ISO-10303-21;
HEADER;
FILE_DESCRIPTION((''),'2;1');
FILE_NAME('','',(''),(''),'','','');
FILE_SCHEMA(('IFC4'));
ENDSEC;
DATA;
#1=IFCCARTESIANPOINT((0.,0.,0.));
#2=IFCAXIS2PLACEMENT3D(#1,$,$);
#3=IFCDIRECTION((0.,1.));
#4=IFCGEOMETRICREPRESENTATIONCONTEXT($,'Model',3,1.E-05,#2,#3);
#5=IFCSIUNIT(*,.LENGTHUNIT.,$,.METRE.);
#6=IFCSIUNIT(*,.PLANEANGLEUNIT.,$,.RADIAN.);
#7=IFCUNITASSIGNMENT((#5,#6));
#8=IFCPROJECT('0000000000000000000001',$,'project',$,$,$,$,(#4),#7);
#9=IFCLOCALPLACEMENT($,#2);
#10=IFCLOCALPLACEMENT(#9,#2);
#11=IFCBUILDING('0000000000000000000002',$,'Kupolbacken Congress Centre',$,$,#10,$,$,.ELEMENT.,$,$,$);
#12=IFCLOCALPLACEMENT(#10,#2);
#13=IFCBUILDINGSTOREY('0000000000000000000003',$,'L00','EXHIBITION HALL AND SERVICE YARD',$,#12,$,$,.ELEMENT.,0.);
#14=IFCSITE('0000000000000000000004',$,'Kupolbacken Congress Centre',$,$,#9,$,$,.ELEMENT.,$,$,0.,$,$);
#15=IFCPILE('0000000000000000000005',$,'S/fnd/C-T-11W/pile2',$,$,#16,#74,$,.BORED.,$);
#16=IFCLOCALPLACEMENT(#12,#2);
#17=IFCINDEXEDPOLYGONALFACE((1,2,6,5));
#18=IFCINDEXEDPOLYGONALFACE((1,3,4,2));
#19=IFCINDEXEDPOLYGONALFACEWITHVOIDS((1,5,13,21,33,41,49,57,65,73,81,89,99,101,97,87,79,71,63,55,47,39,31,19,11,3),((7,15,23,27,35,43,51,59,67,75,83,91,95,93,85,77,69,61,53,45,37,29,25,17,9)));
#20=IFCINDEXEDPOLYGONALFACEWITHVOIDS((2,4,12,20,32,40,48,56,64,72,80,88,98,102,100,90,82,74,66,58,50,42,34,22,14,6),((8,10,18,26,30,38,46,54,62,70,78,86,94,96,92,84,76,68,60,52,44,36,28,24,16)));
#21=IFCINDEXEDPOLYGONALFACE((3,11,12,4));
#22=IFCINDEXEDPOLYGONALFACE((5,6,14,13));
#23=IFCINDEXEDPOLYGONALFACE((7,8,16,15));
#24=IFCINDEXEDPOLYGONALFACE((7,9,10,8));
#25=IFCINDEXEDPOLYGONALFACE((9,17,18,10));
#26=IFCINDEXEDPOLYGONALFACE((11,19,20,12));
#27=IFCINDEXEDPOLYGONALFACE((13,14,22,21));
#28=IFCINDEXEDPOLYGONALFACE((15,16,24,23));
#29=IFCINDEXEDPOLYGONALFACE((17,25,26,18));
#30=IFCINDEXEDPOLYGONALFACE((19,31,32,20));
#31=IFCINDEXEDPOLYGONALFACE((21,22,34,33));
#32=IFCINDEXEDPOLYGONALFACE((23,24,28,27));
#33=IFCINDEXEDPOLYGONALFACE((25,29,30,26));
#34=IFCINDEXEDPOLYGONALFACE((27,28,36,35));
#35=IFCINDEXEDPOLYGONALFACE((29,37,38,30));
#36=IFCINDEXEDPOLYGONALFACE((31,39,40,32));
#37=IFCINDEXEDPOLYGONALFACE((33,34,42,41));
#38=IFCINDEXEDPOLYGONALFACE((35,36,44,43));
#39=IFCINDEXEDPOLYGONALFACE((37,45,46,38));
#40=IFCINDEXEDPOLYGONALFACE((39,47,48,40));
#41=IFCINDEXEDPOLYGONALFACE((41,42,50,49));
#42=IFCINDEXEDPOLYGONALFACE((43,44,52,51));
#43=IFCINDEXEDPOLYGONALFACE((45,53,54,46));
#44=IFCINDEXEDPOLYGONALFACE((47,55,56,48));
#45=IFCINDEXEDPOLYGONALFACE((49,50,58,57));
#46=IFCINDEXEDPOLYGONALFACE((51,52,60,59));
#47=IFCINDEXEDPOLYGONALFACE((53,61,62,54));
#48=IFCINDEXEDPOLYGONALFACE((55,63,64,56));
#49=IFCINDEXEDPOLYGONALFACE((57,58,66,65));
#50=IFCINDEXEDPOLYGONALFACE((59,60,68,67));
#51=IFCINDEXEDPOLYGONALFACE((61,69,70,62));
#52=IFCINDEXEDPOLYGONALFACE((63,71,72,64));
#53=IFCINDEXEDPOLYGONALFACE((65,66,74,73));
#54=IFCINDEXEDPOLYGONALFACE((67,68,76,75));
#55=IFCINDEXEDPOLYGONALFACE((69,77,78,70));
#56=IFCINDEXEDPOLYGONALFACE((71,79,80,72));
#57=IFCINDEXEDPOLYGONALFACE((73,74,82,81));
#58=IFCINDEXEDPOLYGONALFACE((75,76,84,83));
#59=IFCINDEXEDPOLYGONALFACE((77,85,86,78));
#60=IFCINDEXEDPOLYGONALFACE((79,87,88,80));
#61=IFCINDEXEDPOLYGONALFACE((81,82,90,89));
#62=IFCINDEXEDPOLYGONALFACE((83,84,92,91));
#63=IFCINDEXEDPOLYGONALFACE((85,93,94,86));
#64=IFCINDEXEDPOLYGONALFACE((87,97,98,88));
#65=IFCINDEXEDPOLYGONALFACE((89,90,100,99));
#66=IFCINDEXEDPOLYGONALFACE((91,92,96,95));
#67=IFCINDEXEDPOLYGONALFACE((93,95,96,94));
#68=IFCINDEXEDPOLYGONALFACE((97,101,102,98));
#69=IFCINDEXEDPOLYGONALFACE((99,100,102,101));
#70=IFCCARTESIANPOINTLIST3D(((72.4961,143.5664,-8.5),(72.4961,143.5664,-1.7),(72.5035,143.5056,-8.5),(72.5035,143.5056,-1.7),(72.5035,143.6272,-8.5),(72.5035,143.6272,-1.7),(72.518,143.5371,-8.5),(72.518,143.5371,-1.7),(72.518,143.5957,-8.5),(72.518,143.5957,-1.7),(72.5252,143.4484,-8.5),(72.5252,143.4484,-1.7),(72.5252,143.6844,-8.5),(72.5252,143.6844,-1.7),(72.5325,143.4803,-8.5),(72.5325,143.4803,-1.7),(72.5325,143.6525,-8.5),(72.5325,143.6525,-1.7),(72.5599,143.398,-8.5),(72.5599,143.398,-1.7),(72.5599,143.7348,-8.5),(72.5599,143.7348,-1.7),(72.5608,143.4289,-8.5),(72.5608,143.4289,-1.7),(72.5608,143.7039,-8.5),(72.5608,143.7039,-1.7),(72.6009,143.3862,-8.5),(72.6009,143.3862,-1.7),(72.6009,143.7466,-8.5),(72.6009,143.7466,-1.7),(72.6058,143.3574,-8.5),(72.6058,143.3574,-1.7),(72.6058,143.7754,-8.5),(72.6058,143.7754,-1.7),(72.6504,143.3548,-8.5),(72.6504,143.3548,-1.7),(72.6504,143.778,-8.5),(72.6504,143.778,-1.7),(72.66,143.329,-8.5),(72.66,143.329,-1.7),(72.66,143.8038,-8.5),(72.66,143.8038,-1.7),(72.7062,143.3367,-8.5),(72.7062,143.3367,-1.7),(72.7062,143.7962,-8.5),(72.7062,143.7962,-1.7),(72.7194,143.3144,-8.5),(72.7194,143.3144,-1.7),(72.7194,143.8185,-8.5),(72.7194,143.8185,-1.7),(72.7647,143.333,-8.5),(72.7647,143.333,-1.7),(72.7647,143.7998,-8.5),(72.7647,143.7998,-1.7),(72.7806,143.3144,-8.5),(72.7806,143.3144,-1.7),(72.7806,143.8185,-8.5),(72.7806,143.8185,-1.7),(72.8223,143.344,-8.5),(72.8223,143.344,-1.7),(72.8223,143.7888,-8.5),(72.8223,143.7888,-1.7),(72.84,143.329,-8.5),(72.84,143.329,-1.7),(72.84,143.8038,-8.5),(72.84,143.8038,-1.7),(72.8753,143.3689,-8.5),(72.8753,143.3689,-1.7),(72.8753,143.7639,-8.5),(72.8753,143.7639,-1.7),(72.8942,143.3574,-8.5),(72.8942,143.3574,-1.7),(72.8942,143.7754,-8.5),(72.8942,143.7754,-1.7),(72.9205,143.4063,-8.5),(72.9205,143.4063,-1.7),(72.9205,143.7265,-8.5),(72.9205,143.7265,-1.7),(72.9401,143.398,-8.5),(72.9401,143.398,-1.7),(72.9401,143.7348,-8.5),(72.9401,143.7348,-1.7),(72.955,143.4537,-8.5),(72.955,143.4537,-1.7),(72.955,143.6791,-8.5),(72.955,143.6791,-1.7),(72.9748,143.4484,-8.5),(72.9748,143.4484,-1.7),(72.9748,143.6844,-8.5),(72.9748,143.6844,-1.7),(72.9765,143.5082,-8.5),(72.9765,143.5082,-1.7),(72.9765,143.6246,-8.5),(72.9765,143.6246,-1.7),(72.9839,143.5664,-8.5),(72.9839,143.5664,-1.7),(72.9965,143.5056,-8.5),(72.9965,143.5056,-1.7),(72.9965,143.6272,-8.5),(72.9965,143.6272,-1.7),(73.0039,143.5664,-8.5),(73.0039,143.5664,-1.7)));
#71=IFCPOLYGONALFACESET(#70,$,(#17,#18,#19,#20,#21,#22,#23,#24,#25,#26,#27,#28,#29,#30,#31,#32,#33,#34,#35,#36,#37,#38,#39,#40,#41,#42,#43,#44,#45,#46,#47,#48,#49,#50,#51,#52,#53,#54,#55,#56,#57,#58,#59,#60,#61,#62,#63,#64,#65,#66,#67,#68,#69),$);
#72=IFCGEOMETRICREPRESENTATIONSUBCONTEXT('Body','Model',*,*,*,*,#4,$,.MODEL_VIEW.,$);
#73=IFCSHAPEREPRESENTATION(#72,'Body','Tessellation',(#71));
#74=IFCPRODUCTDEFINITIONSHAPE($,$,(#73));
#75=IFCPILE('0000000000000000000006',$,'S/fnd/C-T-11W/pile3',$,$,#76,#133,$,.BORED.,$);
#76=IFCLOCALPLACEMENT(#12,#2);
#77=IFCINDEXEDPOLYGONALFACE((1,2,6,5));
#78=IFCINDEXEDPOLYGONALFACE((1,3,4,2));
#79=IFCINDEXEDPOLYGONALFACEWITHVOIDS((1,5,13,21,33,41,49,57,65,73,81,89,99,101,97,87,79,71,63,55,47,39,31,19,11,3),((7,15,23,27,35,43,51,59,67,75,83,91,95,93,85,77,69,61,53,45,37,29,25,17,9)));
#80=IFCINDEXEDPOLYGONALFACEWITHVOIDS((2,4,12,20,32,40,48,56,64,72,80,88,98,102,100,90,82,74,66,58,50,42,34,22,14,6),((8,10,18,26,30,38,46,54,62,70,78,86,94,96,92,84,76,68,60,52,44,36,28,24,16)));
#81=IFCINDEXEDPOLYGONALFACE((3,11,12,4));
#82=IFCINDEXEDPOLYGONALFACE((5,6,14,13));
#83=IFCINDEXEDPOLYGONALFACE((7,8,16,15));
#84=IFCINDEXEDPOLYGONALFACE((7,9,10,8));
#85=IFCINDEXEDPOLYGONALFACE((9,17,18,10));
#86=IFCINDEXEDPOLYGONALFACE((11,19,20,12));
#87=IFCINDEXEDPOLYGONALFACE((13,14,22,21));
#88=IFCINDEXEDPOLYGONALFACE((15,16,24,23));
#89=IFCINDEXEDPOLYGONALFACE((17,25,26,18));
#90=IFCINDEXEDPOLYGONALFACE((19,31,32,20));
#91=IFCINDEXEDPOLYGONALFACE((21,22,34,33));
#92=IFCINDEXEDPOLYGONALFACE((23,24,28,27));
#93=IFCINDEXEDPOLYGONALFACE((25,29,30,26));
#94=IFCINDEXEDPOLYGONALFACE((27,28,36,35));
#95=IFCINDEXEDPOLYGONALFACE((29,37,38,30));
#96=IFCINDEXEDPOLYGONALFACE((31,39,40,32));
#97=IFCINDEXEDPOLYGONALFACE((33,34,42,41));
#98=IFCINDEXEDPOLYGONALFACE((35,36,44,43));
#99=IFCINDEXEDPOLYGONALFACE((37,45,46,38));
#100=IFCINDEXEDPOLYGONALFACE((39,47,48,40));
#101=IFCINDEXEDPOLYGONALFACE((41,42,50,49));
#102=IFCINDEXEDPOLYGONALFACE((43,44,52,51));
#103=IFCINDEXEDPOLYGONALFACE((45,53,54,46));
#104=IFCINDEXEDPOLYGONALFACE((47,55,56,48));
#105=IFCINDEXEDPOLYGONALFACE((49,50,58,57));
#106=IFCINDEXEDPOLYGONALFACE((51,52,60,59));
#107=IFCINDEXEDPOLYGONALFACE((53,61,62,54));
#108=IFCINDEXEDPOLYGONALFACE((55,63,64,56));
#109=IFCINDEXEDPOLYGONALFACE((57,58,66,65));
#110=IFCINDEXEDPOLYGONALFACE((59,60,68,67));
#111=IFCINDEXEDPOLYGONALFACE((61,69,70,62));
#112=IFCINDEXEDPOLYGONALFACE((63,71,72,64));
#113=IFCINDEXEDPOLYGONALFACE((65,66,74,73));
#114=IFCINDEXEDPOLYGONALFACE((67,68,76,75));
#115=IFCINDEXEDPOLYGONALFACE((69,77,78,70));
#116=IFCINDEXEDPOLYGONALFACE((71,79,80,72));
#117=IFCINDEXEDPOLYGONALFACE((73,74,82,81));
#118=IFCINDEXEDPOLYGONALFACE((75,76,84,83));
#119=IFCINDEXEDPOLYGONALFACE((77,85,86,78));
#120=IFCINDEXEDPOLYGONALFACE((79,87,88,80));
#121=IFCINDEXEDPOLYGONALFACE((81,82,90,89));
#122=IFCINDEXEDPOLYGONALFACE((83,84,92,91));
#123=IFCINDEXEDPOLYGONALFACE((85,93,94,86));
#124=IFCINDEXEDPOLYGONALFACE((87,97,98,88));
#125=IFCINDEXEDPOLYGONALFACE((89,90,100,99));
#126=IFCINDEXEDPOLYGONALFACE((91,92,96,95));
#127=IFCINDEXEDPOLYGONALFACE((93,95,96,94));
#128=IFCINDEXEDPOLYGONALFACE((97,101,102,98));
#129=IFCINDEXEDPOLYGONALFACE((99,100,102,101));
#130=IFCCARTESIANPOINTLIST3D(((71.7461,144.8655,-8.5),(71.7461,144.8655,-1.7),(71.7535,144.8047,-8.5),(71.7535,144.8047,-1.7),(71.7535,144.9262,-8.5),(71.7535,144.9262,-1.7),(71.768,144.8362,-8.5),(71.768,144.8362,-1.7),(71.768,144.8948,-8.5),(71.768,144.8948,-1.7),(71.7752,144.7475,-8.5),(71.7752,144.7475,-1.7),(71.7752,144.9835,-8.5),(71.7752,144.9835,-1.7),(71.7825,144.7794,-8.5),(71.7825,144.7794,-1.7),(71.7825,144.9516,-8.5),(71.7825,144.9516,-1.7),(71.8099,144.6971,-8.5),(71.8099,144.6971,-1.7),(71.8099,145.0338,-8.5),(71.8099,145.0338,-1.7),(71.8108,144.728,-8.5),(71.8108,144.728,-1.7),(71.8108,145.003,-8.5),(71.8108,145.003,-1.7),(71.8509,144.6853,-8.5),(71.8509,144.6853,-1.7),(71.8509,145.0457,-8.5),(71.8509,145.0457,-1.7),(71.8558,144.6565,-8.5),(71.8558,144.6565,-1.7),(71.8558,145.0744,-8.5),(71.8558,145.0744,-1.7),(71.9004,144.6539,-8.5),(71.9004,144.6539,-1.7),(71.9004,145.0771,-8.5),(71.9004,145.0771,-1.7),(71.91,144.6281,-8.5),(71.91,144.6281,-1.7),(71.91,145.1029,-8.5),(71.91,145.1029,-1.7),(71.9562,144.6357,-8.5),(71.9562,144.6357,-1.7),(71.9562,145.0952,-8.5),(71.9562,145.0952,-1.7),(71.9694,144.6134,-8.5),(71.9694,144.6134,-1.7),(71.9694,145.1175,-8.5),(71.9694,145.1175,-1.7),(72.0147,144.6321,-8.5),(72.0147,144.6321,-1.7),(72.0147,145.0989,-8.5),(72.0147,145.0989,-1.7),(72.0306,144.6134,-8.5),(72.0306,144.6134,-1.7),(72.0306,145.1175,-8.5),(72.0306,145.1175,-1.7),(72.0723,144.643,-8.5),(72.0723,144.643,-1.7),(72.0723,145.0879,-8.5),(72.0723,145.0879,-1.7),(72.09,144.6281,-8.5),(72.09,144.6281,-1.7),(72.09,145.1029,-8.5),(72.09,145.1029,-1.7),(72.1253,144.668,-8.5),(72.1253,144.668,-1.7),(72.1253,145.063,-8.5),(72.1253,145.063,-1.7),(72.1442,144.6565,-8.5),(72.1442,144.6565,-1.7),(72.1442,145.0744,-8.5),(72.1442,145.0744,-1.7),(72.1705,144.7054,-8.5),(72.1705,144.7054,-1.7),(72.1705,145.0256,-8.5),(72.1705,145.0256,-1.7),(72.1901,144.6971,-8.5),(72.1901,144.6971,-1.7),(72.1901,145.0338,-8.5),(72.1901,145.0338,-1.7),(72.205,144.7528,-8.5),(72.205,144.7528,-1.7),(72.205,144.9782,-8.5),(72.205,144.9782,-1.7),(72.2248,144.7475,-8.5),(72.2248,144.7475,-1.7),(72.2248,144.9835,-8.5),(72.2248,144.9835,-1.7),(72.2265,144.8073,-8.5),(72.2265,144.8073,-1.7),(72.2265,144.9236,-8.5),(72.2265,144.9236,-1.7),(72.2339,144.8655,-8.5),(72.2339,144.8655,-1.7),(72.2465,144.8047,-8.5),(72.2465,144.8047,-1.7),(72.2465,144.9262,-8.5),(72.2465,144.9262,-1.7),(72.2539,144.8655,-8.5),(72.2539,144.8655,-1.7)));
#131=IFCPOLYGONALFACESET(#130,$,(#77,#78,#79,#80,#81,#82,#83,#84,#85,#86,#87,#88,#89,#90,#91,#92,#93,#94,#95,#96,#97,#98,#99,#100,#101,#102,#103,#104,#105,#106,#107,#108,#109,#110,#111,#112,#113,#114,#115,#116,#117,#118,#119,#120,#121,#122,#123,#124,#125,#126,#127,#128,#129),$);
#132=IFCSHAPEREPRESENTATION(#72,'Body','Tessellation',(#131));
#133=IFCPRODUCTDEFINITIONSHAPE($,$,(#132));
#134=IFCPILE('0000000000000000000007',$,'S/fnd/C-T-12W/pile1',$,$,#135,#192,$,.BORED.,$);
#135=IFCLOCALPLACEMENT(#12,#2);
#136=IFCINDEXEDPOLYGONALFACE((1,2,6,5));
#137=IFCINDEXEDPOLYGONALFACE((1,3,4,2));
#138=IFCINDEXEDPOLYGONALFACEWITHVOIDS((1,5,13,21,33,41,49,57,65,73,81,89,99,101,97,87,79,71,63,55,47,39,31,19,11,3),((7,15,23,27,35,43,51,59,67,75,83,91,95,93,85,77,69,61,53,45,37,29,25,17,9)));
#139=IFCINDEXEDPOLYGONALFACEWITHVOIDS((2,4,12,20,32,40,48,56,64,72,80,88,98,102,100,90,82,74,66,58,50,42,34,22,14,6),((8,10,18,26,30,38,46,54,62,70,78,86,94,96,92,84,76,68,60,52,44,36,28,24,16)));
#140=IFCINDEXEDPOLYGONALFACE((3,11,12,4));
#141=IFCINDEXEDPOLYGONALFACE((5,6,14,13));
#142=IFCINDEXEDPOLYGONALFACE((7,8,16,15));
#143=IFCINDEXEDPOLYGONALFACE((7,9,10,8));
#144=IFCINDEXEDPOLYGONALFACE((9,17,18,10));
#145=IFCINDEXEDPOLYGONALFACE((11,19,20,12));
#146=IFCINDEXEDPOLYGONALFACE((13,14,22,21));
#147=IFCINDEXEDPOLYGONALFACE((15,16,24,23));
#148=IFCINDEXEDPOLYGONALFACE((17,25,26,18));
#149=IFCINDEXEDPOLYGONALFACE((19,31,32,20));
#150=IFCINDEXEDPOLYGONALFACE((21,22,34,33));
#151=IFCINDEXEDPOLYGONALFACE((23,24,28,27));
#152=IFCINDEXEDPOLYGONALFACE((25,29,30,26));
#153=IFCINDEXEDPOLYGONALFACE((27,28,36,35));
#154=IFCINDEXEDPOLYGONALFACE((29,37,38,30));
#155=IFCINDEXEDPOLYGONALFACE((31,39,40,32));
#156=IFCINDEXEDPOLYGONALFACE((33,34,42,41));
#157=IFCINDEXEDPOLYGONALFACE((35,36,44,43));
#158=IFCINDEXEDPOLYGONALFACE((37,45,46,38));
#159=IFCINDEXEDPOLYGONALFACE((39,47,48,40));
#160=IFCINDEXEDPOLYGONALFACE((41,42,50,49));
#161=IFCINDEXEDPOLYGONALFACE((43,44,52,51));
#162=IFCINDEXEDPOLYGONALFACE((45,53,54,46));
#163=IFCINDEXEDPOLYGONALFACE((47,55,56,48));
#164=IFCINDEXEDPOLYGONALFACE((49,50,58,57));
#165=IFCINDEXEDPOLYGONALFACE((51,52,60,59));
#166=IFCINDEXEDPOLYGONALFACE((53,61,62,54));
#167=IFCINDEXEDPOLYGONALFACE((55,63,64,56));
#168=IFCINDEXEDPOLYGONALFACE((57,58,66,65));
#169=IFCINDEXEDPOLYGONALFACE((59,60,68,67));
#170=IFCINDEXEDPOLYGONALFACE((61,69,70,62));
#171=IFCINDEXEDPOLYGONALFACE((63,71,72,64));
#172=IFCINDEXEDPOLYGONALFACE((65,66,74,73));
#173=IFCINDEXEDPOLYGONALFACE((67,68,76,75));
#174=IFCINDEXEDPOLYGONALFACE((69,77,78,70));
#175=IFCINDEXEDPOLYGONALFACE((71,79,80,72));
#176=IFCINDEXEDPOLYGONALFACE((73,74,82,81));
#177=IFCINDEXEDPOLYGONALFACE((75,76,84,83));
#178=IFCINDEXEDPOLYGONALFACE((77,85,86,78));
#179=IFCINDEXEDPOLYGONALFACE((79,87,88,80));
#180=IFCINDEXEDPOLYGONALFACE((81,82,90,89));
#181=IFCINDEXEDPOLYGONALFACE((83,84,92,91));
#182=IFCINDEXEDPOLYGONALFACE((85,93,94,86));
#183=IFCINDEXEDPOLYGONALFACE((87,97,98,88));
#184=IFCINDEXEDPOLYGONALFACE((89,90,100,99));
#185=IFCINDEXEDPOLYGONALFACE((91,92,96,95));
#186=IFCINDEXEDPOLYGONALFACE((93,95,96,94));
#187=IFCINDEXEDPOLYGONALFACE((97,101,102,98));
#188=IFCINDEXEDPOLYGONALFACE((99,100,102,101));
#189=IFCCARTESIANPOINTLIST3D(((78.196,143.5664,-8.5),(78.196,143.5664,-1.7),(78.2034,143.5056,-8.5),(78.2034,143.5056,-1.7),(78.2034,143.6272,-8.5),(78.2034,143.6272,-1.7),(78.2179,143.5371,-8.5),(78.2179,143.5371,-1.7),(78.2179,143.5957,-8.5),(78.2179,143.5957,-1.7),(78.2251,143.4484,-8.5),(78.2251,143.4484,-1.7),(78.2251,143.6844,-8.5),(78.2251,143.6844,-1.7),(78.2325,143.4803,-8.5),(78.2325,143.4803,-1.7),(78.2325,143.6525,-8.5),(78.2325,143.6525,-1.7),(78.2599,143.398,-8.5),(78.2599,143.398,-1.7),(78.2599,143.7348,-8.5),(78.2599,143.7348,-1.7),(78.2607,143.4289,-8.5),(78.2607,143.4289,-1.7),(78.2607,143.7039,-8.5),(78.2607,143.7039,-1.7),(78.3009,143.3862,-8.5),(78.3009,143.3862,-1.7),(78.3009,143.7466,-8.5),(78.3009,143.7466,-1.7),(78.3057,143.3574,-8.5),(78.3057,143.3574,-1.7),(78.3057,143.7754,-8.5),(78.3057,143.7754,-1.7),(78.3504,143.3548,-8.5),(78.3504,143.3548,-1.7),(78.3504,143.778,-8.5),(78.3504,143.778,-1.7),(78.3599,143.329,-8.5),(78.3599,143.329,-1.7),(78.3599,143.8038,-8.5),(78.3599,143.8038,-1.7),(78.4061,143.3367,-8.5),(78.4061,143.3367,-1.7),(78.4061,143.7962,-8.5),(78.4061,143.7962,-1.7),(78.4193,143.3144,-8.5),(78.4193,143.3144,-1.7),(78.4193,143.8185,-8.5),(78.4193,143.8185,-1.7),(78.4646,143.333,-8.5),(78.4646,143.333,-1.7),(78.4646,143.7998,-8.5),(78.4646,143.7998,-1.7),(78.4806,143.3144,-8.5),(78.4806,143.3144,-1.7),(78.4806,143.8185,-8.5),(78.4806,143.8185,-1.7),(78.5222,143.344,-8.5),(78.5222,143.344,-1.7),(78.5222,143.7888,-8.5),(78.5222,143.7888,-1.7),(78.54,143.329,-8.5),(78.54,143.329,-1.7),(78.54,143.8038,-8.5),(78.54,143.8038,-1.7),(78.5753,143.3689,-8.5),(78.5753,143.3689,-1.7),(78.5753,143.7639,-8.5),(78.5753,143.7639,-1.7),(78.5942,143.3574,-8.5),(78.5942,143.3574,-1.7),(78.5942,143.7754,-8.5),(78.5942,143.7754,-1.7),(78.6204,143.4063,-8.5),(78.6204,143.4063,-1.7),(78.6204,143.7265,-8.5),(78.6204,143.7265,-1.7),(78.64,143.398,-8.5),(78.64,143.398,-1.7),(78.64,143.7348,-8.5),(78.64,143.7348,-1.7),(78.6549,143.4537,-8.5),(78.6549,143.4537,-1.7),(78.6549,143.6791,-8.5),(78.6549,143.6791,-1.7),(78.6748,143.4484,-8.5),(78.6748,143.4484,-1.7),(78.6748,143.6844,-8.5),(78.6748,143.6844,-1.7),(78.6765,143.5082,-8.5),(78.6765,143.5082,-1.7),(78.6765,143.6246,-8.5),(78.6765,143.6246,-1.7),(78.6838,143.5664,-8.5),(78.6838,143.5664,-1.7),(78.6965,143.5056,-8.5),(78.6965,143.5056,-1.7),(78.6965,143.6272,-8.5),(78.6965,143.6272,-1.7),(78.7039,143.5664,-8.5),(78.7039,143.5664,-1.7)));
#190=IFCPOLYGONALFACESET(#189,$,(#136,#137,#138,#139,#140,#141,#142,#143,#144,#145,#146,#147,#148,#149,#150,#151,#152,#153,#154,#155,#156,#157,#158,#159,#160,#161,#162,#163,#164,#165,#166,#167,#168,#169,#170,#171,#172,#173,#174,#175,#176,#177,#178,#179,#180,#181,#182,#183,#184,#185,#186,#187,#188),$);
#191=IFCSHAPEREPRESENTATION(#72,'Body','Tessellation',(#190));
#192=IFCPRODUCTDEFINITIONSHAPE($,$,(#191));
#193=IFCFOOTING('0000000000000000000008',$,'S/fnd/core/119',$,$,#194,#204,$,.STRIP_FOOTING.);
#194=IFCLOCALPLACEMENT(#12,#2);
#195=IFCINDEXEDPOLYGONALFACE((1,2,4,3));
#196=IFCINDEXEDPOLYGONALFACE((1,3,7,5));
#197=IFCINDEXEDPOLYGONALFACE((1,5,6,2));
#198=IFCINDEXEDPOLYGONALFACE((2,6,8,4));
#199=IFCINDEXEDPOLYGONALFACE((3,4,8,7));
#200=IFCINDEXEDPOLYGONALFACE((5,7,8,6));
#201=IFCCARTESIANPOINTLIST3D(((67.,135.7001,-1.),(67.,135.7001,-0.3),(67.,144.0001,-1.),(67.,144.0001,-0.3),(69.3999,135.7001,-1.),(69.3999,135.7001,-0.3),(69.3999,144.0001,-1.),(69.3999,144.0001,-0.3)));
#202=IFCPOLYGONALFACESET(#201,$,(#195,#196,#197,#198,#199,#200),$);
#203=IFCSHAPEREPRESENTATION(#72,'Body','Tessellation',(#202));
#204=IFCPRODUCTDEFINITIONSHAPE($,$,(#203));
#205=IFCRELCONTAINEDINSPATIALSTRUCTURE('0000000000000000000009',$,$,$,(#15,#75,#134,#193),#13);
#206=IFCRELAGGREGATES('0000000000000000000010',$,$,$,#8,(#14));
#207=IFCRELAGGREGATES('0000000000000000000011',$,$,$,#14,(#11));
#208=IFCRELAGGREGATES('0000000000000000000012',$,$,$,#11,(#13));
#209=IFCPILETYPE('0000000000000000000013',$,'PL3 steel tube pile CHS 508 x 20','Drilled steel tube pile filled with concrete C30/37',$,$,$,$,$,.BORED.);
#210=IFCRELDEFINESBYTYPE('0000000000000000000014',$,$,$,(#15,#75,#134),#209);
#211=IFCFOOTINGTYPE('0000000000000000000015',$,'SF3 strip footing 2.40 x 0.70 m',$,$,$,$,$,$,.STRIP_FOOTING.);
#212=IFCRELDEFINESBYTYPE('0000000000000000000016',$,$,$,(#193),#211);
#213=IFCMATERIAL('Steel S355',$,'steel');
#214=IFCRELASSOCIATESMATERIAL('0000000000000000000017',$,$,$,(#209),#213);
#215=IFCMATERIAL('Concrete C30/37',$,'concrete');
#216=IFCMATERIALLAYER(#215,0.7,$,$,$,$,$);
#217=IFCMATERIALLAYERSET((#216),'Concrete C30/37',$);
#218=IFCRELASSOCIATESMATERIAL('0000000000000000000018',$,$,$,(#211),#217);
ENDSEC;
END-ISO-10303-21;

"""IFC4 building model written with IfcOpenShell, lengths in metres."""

from ifc_helpers import new_model, si_unit, direction, frame, origin, origin_2d, place, context, subcontext, project, spatial, rectangle, hollow_circle, extrude, material, layer, layer_set, material_profile, profile_set, type_object, element, save


model = new_model("IFC4")

# Units and contexts
model_context = context("Model", 3, precision=1e-05, world=origin(), true_north=direction((0.0, 1.0)))
body_context = subcontext(model_context, "Body", "Model", "MODEL_VIEW")
ifc_project = project(units=[si_unit("LENGTHUNIT", "METRE"), si_unit("PLANEANGLEUNIT", "RADIAN")], contexts=[model_context])

# Site, building, storey
site_placement = place(None, origin())
site = spatial("IfcSite", under=ifc_project, at=site_placement, Name="Kupolbacken Congress Centre", CompositionType="ELEMENT", RefElevation=0.0)
building_placement = place(site_placement, origin())
building = spatial("IfcBuilding", under=site, at=building_placement, Name="Kupolbacken Congress Centre", CompositionType="ELEMENT")
storey_placement = place(building_placement, origin())
storey = spatial("IfcBuildingStorey", under=building, at=storey_placement, Name="L00", Description="EXHIBITION HALL AND SERVICE YARD", CompositionType="ELEMENT", Elevation=0.0)

# Piles
ifc_material_1 = material(Name="Steel S355", Category="steel")
ifc_material_profile_1 = material_profile(ifc_material_1, hollow_circle(Radius=0.2539, WallThickness=0.02, at=origin_2d()), Name="CHS 508 x 20")
ifc_profile_set_1 = profile_set([ifc_material_profile_1], Name="Steel S355")
pile_type = type_object("IfcPileType", Name="PL3 steel tube pile CHS 508 x 20", Description="Drilled steel tube pile filled with concrete C30/37", PredefinedType="BORED", material=ifc_profile_set_1)
for number, where, z_axis, x_axis, name in (
    (1, (72.75, 143.5664, -1.7), (0.0, 0.0, -1.0), (1.0, 0.0, 0.0), "S/fnd/C-T-11W/pile2"),
    (2, (72.0, 144.8655, -1.7), (0.0, 0.0, -1.0), (1.0, 0.0, 0.0), "S/fnd/C-T-11W/pile3"),
    (3, (78.45, 143.5664, -1.7), (0.0, 0.0, -1.0), (1.0, 0.0, 0.0), "S/fnd/C-T-12W/pile1"),
):
    element("IfcPile", number, at=place(storey_placement, frame(where, z_axis=z_axis, x_axis=x_axis)), inside=storey, type_object=pile_type, Name=name, PredefinedType="BORED", context=body_context, shape_type="SweptSolid", body=[
        extrude(hollow_circle(Radius=0.2539, WallThickness=0.02, at=origin_2d()), origin(), (0.0, 0.0, 1.0), 6.8),
    ])

# Footing
ifc_material_2 = material(Name="Concrete C30/37", Category="concrete")
ifc_layer_1 = layer(ifc_material_2, 0.7)
ifc_layer_set_1 = layer_set([ifc_layer_1], Name="Concrete C30/37")
footing_type_1 = type_object("IfcFootingType", Name="SF3 strip footing 2.40 x 0.70 m", PredefinedType="STRIP_FOOTING", material=ifc_layer_set_1)
footing_1_placement = place(storey_placement, frame((68.2, 139.8501, -1.0), z_axis=(0.0, 0.0, 1.0), x_axis=(0.0, 1.0, 0.0)))
element("IfcFooting", 4, at=footing_1_placement, inside=storey, type_object=footing_type_1, Name="S/fnd/core/119", PredefinedType="STRIP_FOOTING", context=body_context, shape_type="SweptSolid", body=[
    extrude(rectangle(XDim=8.3, YDim=2.3999, at=origin_2d()), origin(), (0.0, 0.0, 1.0), 0.7),
])

save(model, "model.ifc")
